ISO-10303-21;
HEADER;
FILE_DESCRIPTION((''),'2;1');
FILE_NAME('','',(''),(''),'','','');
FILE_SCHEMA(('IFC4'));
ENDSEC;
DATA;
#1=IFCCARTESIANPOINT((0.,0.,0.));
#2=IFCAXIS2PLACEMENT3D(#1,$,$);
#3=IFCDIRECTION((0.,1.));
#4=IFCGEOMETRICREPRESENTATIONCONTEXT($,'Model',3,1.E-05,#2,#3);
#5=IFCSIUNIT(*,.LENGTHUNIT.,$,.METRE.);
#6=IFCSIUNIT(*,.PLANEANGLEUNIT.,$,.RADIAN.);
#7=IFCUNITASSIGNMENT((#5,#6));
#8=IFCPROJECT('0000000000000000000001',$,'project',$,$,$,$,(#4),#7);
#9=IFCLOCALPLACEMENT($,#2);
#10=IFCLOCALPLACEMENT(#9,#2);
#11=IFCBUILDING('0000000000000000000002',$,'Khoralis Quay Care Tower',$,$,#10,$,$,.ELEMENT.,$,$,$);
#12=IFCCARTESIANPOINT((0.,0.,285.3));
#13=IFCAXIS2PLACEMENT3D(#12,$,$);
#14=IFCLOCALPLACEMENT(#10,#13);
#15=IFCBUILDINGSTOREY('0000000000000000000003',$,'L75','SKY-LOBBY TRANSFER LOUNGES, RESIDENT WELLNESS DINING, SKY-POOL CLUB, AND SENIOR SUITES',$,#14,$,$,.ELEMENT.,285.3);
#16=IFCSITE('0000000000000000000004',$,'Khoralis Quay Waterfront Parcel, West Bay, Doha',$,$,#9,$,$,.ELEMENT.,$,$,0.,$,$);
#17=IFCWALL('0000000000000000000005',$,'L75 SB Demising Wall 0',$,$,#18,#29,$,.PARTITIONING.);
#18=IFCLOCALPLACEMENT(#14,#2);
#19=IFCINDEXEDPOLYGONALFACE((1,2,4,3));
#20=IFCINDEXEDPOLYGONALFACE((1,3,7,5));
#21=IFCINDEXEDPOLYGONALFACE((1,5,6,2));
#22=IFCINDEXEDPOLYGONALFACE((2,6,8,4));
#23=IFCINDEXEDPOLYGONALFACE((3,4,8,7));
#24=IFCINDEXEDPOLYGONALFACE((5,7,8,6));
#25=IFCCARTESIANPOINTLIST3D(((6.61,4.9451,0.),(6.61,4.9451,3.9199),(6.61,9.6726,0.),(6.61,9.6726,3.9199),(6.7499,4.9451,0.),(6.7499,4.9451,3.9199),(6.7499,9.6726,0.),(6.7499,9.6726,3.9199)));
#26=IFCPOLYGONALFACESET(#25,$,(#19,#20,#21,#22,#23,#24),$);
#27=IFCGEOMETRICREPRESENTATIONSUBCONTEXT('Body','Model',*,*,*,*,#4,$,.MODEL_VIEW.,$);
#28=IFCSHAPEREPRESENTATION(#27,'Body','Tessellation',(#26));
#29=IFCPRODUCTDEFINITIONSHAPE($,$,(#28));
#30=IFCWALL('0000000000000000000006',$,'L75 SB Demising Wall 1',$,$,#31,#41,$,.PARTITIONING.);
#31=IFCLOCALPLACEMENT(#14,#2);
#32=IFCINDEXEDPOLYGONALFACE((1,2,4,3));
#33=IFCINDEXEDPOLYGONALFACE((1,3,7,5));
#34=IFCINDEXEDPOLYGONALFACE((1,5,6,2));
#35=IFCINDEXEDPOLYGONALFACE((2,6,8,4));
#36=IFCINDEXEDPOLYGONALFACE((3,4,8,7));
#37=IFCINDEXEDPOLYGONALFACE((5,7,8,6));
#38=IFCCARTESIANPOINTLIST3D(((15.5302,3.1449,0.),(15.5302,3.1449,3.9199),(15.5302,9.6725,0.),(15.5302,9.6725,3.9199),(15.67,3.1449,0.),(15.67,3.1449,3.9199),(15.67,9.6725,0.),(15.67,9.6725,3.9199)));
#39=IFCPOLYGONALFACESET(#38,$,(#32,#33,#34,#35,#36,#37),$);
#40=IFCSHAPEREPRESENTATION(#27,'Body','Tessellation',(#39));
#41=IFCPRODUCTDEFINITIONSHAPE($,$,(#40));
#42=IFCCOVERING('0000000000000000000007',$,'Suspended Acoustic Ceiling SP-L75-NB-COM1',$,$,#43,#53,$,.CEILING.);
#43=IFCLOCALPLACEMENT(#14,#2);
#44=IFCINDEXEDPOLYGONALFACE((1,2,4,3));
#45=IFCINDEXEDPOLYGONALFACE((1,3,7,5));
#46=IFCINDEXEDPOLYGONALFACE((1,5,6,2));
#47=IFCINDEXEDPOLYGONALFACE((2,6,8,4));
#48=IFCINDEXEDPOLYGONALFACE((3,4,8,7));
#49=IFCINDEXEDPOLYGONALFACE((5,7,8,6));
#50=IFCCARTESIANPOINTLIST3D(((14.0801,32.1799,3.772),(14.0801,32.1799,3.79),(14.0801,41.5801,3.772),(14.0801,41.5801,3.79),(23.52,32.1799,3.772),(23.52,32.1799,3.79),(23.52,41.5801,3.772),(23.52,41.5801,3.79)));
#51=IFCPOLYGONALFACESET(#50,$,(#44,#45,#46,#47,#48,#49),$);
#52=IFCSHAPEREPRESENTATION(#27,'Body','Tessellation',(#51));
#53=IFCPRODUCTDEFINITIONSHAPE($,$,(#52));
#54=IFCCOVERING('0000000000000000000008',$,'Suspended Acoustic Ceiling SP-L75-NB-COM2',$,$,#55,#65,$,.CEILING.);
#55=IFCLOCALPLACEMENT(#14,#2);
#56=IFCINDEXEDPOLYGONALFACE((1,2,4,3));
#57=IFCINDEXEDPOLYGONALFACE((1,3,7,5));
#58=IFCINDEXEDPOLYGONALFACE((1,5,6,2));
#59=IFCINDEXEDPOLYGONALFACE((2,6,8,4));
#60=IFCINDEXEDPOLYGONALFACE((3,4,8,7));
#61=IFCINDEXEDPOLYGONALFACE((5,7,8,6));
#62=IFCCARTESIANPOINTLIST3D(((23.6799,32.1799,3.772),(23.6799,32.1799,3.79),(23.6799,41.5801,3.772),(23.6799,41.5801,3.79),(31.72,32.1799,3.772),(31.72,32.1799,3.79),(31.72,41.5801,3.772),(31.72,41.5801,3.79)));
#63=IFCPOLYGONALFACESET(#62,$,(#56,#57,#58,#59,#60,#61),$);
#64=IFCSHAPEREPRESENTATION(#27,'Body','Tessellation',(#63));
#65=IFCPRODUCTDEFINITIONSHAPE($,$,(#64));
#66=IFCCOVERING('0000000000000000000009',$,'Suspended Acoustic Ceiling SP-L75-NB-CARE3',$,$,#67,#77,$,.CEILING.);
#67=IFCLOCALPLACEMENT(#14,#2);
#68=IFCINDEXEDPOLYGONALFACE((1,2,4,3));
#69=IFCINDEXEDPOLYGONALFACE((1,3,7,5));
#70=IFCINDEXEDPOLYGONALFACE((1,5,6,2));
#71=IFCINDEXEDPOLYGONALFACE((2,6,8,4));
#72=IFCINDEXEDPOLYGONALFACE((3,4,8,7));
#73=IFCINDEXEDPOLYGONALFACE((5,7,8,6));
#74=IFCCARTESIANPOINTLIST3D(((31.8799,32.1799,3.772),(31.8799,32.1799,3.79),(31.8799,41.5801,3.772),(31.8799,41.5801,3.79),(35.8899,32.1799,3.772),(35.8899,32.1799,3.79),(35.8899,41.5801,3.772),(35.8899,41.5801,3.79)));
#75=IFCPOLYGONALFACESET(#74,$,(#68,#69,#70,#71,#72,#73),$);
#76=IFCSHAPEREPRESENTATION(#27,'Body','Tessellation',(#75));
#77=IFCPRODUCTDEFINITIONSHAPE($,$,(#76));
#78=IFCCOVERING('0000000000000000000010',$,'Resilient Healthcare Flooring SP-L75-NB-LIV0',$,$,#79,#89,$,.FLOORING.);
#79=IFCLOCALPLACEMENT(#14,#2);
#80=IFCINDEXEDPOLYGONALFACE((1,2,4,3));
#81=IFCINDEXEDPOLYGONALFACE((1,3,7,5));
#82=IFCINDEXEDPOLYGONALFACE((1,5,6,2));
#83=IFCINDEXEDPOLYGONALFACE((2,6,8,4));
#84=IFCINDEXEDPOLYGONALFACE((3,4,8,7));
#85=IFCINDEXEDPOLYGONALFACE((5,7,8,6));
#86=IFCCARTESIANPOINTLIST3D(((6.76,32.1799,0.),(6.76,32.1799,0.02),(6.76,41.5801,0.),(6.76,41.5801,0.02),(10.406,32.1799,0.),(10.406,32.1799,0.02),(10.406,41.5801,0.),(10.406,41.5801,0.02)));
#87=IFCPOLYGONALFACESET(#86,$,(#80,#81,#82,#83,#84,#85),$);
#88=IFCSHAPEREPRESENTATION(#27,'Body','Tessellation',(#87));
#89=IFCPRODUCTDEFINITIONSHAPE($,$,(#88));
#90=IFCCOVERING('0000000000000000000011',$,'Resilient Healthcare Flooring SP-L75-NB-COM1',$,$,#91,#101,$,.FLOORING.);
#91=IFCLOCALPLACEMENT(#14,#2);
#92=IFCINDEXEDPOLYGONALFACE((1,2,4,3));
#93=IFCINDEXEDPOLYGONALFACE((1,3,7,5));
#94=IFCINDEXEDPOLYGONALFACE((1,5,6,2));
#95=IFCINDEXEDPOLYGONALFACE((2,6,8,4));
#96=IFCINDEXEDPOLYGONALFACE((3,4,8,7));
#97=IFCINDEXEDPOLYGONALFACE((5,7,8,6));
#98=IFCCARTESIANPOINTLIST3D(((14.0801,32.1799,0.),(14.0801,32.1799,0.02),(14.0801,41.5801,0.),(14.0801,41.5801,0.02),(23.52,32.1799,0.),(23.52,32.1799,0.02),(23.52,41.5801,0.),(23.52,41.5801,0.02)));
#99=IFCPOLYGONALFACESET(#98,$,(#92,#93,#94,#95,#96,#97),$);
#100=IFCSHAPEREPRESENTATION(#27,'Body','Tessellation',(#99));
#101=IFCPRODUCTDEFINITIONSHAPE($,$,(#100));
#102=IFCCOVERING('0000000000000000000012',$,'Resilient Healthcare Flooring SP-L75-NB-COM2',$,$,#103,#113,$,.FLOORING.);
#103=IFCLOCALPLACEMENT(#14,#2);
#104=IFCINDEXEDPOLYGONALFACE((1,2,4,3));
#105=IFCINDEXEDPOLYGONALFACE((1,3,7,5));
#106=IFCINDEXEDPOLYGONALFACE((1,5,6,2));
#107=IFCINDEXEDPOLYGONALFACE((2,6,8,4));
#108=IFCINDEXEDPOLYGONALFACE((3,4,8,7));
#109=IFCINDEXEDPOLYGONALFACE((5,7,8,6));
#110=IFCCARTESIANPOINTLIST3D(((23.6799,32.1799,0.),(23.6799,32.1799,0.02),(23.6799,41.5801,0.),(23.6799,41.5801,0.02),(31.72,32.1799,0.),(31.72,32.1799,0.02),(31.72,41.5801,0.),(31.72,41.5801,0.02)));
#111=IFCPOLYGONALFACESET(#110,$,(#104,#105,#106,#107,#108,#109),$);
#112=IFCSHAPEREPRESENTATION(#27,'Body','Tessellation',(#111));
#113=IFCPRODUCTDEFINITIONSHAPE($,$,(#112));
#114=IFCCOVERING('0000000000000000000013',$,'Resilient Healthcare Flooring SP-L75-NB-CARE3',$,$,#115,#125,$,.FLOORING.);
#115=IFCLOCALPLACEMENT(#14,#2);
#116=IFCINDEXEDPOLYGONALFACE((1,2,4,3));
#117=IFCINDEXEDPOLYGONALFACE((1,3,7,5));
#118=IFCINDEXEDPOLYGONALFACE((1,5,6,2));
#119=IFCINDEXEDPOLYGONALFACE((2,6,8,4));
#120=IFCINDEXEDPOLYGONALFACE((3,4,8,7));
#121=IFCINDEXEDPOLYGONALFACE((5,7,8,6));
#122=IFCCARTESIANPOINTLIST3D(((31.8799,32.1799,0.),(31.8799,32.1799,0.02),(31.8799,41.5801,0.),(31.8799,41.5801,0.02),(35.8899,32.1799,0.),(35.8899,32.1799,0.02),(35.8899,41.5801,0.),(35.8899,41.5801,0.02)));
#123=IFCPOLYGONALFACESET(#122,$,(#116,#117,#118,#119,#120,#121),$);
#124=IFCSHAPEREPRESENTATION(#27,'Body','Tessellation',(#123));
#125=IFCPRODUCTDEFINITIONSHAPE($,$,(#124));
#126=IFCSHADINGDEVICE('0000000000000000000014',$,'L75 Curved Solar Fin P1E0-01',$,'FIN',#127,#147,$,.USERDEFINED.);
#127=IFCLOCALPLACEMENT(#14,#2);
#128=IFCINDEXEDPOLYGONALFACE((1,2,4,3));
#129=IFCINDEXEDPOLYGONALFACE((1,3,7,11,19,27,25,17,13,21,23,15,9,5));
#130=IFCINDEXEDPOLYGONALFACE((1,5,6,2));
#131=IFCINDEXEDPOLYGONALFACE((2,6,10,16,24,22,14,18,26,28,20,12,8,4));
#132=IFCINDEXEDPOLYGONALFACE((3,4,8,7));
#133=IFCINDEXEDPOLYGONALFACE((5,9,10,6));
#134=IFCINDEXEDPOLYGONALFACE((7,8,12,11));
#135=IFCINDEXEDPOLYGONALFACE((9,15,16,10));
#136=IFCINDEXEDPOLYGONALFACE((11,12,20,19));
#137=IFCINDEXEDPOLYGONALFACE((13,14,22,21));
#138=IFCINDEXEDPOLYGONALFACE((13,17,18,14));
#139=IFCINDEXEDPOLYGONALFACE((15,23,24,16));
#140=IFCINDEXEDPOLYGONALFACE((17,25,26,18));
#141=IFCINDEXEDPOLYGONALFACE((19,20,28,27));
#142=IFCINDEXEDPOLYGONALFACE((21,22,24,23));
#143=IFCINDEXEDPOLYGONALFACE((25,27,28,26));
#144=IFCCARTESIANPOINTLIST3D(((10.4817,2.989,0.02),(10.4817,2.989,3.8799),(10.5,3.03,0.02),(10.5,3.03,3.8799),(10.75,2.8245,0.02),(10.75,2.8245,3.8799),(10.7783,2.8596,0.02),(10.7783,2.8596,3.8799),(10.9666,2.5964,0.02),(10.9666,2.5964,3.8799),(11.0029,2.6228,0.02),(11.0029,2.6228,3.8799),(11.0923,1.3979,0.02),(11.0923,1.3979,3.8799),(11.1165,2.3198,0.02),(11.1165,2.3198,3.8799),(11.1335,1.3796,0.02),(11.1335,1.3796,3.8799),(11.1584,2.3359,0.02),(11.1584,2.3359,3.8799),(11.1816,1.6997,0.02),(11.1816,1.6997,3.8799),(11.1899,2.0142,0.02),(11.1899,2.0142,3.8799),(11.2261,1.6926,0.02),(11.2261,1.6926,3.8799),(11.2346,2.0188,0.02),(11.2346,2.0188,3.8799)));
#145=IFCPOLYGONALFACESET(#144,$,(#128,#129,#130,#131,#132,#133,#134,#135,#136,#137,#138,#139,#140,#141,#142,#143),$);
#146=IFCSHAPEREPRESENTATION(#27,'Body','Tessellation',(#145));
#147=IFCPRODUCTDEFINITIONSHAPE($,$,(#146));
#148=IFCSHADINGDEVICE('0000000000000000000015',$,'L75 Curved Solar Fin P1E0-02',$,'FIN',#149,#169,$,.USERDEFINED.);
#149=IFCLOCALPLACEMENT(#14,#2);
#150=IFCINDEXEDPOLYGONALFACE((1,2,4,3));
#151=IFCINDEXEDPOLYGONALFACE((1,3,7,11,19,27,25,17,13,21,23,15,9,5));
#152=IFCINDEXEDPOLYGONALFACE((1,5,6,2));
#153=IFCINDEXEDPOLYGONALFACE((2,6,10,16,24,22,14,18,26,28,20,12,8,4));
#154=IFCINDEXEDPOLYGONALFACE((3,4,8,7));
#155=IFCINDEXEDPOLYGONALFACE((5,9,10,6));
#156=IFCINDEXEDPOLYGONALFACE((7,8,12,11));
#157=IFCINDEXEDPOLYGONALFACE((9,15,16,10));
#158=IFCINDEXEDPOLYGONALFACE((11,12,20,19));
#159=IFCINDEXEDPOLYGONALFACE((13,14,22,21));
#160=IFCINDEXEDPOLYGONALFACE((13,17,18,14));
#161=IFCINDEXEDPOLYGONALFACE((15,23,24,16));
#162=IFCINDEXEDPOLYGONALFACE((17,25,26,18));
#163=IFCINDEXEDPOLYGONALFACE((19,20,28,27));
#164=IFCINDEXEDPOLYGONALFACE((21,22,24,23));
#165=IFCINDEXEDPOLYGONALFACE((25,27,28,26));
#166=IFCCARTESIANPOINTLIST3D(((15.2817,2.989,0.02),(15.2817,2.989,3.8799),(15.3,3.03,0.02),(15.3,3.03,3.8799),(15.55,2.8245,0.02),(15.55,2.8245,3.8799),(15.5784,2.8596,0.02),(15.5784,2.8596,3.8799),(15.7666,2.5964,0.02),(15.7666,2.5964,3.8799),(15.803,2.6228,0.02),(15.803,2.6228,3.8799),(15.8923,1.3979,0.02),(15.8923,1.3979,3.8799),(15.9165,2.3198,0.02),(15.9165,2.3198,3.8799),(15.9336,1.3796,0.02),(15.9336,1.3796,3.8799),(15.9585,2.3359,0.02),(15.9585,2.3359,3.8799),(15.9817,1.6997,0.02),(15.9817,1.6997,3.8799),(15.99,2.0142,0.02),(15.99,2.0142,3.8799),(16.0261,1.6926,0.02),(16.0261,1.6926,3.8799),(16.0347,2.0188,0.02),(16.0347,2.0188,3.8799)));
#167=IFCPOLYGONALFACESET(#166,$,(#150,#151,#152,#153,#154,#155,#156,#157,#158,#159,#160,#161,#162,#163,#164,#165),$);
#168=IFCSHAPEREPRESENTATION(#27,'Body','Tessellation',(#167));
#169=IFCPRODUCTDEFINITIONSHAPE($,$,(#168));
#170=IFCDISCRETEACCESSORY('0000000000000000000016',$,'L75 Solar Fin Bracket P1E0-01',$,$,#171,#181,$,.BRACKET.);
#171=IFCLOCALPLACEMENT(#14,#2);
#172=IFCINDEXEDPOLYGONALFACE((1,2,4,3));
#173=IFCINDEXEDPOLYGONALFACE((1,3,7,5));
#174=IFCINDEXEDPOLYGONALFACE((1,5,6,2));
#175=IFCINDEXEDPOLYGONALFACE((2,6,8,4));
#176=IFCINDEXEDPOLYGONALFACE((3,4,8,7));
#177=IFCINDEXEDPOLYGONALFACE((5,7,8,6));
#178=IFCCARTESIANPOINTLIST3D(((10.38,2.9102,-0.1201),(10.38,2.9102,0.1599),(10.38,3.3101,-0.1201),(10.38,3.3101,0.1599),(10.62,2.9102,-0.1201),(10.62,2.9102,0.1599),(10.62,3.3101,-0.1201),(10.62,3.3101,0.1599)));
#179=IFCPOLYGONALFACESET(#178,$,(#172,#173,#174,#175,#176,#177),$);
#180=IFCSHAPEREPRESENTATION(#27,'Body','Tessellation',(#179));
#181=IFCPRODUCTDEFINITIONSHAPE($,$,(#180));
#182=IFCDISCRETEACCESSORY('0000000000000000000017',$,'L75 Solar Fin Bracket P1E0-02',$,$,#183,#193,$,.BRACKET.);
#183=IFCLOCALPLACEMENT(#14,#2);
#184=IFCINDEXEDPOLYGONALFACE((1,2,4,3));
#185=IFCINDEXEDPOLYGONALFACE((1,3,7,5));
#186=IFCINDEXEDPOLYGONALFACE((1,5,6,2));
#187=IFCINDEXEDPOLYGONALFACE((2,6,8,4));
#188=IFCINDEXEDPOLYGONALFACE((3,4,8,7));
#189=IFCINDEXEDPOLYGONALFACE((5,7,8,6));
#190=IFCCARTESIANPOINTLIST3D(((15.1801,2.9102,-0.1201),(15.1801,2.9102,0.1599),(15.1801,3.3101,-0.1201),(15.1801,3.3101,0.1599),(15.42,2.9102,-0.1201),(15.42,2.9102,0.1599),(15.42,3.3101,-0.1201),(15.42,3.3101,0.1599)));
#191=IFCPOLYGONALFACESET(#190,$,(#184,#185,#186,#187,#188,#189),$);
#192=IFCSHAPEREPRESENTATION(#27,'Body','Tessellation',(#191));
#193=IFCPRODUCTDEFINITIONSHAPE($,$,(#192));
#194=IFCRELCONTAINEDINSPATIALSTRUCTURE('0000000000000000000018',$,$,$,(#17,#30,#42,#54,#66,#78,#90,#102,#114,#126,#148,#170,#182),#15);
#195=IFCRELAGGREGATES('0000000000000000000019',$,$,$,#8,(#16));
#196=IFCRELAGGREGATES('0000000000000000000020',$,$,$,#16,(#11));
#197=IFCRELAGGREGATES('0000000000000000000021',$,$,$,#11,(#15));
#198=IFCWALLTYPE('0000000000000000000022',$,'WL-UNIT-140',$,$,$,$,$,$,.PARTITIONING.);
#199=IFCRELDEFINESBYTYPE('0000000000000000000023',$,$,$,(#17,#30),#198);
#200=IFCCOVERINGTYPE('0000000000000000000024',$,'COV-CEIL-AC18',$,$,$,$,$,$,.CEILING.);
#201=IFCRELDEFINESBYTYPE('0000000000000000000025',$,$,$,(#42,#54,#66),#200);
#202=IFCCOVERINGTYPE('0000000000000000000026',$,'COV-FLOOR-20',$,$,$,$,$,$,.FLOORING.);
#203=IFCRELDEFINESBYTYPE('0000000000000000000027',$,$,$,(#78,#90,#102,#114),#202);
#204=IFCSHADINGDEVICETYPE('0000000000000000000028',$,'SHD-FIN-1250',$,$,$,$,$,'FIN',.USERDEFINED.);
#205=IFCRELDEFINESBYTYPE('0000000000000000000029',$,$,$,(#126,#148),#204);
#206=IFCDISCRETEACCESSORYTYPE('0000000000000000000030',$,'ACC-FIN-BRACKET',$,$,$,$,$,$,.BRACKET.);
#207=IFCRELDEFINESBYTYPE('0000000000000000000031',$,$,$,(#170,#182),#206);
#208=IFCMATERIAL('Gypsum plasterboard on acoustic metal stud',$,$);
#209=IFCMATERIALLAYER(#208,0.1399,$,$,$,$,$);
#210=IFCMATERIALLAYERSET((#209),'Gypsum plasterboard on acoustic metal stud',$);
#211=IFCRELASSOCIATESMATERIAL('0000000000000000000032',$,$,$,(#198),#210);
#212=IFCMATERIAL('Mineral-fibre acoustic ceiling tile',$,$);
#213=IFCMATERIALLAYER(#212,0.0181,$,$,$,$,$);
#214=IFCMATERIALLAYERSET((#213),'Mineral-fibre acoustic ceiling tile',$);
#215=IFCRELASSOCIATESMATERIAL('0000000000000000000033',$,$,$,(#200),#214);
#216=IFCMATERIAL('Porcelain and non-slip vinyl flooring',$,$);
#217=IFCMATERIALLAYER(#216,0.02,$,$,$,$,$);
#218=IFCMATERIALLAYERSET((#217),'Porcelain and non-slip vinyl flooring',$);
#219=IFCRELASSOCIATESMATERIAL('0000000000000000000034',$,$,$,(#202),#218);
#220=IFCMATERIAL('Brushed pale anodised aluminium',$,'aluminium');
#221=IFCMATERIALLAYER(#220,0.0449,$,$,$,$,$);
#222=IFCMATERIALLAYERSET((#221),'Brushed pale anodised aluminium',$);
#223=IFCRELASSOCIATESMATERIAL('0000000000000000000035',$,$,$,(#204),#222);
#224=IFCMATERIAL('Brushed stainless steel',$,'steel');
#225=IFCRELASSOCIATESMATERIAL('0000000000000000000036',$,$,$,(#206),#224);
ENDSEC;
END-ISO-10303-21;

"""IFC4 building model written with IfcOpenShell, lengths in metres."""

from ifc_helpers import new_model, si_unit, direction, frame, frame_2d, origin, origin_2d, place, context, subcontext, project, spatial, polyline, rectangle, outline, extrude, source, transform, mapped, material, layer, layer_set, type_object, element, save


model = new_model("IFC4")

# Units and contexts
model_context = context("Model", 3, precision=1e-05, world=origin(), true_north=direction((0.0, 1.0)))
body_context = subcontext(model_context, "Body", "Model", "MODEL_VIEW")
ifc_project = project(units=[si_unit("LENGTHUNIT", "METRE"), si_unit("PLANEANGLEUNIT", "RADIAN")], contexts=[model_context])

# Site, building, storey
site_placement = place(None, origin())
site = spatial("IfcSite", under=ifc_project, at=site_placement, Name="Khoralis Quay Waterfront Parcel, West Bay, Doha", CompositionType="ELEMENT", RefElevation=0.0)
building_placement = place(site_placement, origin())
building = spatial("IfcBuilding", under=site, at=building_placement, Name="Khoralis Quay Care Tower", CompositionType="ELEMENT")
storey_placement = place(building_placement, frame((0.0, 0.0, 285.3)))
storey = spatial("IfcBuildingStorey", under=building, at=storey_placement, Name="L75", Description="SKY-LOBBY TRANSFER LOUNGES, RESIDENT WELLNESS DINING, SKY-POOL CLUB, AND SENIOR SUITES", CompositionType="ELEMENT", Elevation=285.3)

# Walls
ifc_material_1 = material(Name="Gypsum plasterboard on acoustic metal stud")
ifc_layer_1 = layer(ifc_material_1, 0.1399)
ifc_layer_set_1 = layer_set([ifc_layer_1], Name="Gypsum plasterboard on acoustic metal stud")
wall_type_1 = type_object("IfcWallType", Name="WL-UNIT-140", PredefinedType="PARTITIONING", material=ifc_layer_set_1)
wall_1_placement = place(storey_placement, frame((6.6799, 4.9451, 0.0), z_axis=(0.0, 0.0, 1.0), x_axis=(0.0, 1.0, 0.0)))
element("IfcWall", 1, at=wall_1_placement, inside=storey, type_object=wall_type_1, Name="L75 SB Demising Wall 0", PredefinedType="PARTITIONING", context=body_context, shape_type="SweptSolid", body=[
    extrude(rectangle(XDim=4.7275, YDim=0.1399, at=frame_2d((2.3638, 0.0))), origin(), (0.0, 0.0, 1.0), 3.9199),
])
wall_2_placement = place(storey_placement, frame((15.6001, 3.145, 0.0), z_axis=(0.0, 0.0, 1.0), x_axis=(0.0, 1.0, 0.0)))
element("IfcWall", 2, at=wall_2_placement, inside=storey, type_object=wall_type_1, Name="L75 SB Demising Wall 1", PredefinedType="PARTITIONING", context=body_context, shape_type="SweptSolid", body=[
    extrude(rectangle(XDim=6.5276, YDim=0.1399, at=frame_2d((3.2637, 0.0))), origin(), (0.0, 0.0, 1.0), 3.9199),
])

# Coverings
ifc_material_2 = material(Name="Mineral-fibre acoustic ceiling tile")
ifc_layer_2 = layer(ifc_material_2, 0.0181)
ifc_layer_set_2 = layer_set([ifc_layer_2], Name="Mineral-fibre acoustic ceiling tile")
covering_type_1 = type_object("IfcCoveringType", Name="COV-CEIL-AC18", PredefinedType="CEILING", material=ifc_layer_set_2)
covering_1_placement = place(storey_placement, frame((0.0, 0.0, 3.772)))
element("IfcCovering", 3, at=covering_1_placement, inside=storey, type_object=covering_type_1, Name="Suspended Acoustic Ceiling SP-L75-NB-COM1", PredefinedType="CEILING", context=body_context, shape_type="SweptSolid", body=[
    extrude(outline(polyline([(14.0801, 32.1799), (23.52, 32.1799), (23.52, 41.5801), (14.0801, 41.5801), (14.0801, 32.1799)])), origin(), (0.0, 0.0, 1.0), 0.0181),
])
covering_2_placement = place(storey_placement, frame((0.0, 0.0, 3.772)))
element("IfcCovering", 4, at=covering_2_placement, inside=storey, type_object=covering_type_1, Name="Suspended Acoustic Ceiling SP-L75-NB-COM2", PredefinedType="CEILING", context=body_context, shape_type="SweptSolid", body=[
    extrude(outline(polyline([(23.6799, 32.1799), (31.72, 32.1799), (31.72, 41.5801), (23.6799, 41.5801), (23.6799, 32.1799)])), origin(), (0.0, 0.0, 1.0), 0.0181),
])
covering_3_placement = place(storey_placement, frame((0.0, 0.0, 3.772)))
element("IfcCovering", 5, at=covering_3_placement, inside=storey, type_object=covering_type_1, Name="Suspended Acoustic Ceiling SP-L75-NB-CARE3", PredefinedType="CEILING", context=body_context, shape_type="SweptSolid", body=[
    extrude(outline(polyline([(31.8799, 32.1799), (35.8899, 32.1799), (35.8899, 41.5801), (31.8799, 41.5801), (31.8799, 32.1799)])), origin(), (0.0, 0.0, 1.0), 0.0181),
])
ifc_material_3 = material(Name="Porcelain and non-slip vinyl flooring")
ifc_layer_3 = layer(ifc_material_3, 0.02)
ifc_layer_set_3 = layer_set([ifc_layer_3], Name="Porcelain and non-slip vinyl flooring")
covering_type_2 = type_object("IfcCoveringType", Name="COV-FLOOR-20", PredefinedType="FLOORING", material=ifc_layer_set_3)
covering_4_placement = place(storey_placement, origin())
element("IfcCovering", 6, at=covering_4_placement, inside=storey, type_object=covering_type_2, Name="Resilient Healthcare Flooring SP-L75-NB-LIV0", PredefinedType="FLOORING", context=body_context, shape_type="SweptSolid", body=[
    extrude(outline(polyline([(6.76, 32.1799), (10.406, 32.1799), (10.406, 41.5801), (6.76, 41.5801), (6.76, 32.1799)])), origin(), (0.0, 0.0, 1.0), 0.02),
])
covering_5_placement = place(storey_placement, origin())
element("IfcCovering", 7, at=covering_5_placement, inside=storey, type_object=covering_type_2, Name="Resilient Healthcare Flooring SP-L75-NB-COM1", PredefinedType="FLOORING", context=body_context, shape_type="SweptSolid", body=[
    extrude(outline(polyline([(14.0801, 32.1799), (23.52, 32.1799), (23.52, 41.5801), (14.0801, 41.5801), (14.0801, 32.1799)])), origin(), (0.0, 0.0, 1.0), 0.02),
])
covering_6_placement = place(storey_placement, origin())
element("IfcCovering", 8, at=covering_6_placement, inside=storey, type_object=covering_type_2, Name="Resilient Healthcare Flooring SP-L75-NB-COM2", PredefinedType="FLOORING", context=body_context, shape_type="SweptSolid", body=[
    extrude(outline(polyline([(23.6799, 32.1799), (31.72, 32.1799), (31.72, 41.5801), (23.6799, 41.5801), (23.6799, 32.1799)])), origin(), (0.0, 0.0, 1.0), 0.02),
])
covering_7_placement = place(storey_placement, origin())
element("IfcCovering", 9, at=covering_7_placement, inside=storey, type_object=covering_type_2, Name="Resilient Healthcare Flooring SP-L75-NB-CARE3", PredefinedType="FLOORING", context=body_context, shape_type="SweptSolid", body=[
    extrude(outline(polyline([(31.8799, 32.1799), (35.8899, 32.1799), (35.8899, 41.5801), (31.8799, 41.5801), (31.8799, 32.1799)])), origin(), (0.0, 0.0, 1.0), 0.02),
])

# Shading devices
ifc_material_4 = material(Name="Brushed pale anodised aluminium", Category="aluminium")
ifc_layer_4 = layer(ifc_material_4, 0.0449)
ifc_layer_set_4 = layer_set([ifc_layer_4], Name="Brushed pale anodised aluminium")
shading_device_type = type_object("IfcShadingDeviceType", Name="SHD-FIN-1250", ElementType="FIN", PredefinedType="USERDEFINED", material=ifc_layer_set_4)
shared_shape_1 = source(origin(), body_context, "Body", "SweptSolid", [
    extrude(outline(polyline([(0.0, 0.0), (0.1704, 0.2783), (0.4072, 0.5029), (0.6941, 0.6584), (1.0112, 0.7346), (1.3374, 0.7261), (1.6504, 0.6335), (1.6321, 0.5923), (1.3303, 0.6816), (1.0159, 0.6899), (0.7102, 0.6165), (0.4336, 0.4666), (0.2056, 0.25), (0.041, -0.0183), (0.0, 0.0)])), origin(), (0.0, 0.0, 1.0), 3.8599),
])
for number, where, z_axis, x_axis, name in (
    (10, (10.5, 3.03, 0.02), (0.0, 0.0, 1.0), (0.0, -1.0, 0.0), "L75 Curved Solar Fin P1E0-01"),
    (11, (15.3, 3.03, 0.02), (0.0, 0.0, 1.0), (0.0, -1.0, 0.0), "L75 Curved Solar Fin P1E0-02"),
):
    element("IfcShadingDevice", number, at=place(storey_placement, frame(where, z_axis=z_axis, x_axis=x_axis)), inside=storey, type_object=shading_device_type, Name=name, ObjectType="FIN", PredefinedType="USERDEFINED", context=body_context, shape_type="MappedRepresentation", body=[
        mapped(shared_shape_1, transform((0.0, 0.0, 0.0), scale=1.0)),
    ])

# Discrete accessories
ifc_material_5 = material(Name="Brushed stainless steel", Category="steel")
discrete_accessory_type = type_object("IfcDiscreteAccessoryType", Name="ACC-FIN-BRACKET", PredefinedType="BRACKET", material=ifc_material_5)
shared_shape_2 = source(origin(), body_context, "Body", "SweptSolid", [
    extrude(rectangle(XDim=0.3999, YDim=0.24, at=origin_2d()), origin(), (0.0, 0.0, 1.0), 0.28),
])
for number, where, z_axis, x_axis, name in (
    (12, (10.5, 3.1101, -0.1201), (0.0, 0.0, 1.0), (0.0, -1.0, 0.0), "L75 Solar Fin Bracket P1E0-01"),
    (13, (15.3, 3.1101, -0.1201), (0.0, 0.0, 1.0), (0.0, -1.0, 0.0), "L75 Solar Fin Bracket P1E0-02"),
):
    element("IfcDiscreteAccessory", number, at=place(storey_placement, frame(where, z_axis=z_axis, x_axis=x_axis)), inside=storey, type_object=discrete_accessory_type, Name=name, PredefinedType="BRACKET", context=body_context, shape_type="MappedRepresentation", body=[
        mapped(shared_shape_2, transform((0.0, 0.0, 0.0), scale=1.0)),
    ])

save(model, "model.ifc")
